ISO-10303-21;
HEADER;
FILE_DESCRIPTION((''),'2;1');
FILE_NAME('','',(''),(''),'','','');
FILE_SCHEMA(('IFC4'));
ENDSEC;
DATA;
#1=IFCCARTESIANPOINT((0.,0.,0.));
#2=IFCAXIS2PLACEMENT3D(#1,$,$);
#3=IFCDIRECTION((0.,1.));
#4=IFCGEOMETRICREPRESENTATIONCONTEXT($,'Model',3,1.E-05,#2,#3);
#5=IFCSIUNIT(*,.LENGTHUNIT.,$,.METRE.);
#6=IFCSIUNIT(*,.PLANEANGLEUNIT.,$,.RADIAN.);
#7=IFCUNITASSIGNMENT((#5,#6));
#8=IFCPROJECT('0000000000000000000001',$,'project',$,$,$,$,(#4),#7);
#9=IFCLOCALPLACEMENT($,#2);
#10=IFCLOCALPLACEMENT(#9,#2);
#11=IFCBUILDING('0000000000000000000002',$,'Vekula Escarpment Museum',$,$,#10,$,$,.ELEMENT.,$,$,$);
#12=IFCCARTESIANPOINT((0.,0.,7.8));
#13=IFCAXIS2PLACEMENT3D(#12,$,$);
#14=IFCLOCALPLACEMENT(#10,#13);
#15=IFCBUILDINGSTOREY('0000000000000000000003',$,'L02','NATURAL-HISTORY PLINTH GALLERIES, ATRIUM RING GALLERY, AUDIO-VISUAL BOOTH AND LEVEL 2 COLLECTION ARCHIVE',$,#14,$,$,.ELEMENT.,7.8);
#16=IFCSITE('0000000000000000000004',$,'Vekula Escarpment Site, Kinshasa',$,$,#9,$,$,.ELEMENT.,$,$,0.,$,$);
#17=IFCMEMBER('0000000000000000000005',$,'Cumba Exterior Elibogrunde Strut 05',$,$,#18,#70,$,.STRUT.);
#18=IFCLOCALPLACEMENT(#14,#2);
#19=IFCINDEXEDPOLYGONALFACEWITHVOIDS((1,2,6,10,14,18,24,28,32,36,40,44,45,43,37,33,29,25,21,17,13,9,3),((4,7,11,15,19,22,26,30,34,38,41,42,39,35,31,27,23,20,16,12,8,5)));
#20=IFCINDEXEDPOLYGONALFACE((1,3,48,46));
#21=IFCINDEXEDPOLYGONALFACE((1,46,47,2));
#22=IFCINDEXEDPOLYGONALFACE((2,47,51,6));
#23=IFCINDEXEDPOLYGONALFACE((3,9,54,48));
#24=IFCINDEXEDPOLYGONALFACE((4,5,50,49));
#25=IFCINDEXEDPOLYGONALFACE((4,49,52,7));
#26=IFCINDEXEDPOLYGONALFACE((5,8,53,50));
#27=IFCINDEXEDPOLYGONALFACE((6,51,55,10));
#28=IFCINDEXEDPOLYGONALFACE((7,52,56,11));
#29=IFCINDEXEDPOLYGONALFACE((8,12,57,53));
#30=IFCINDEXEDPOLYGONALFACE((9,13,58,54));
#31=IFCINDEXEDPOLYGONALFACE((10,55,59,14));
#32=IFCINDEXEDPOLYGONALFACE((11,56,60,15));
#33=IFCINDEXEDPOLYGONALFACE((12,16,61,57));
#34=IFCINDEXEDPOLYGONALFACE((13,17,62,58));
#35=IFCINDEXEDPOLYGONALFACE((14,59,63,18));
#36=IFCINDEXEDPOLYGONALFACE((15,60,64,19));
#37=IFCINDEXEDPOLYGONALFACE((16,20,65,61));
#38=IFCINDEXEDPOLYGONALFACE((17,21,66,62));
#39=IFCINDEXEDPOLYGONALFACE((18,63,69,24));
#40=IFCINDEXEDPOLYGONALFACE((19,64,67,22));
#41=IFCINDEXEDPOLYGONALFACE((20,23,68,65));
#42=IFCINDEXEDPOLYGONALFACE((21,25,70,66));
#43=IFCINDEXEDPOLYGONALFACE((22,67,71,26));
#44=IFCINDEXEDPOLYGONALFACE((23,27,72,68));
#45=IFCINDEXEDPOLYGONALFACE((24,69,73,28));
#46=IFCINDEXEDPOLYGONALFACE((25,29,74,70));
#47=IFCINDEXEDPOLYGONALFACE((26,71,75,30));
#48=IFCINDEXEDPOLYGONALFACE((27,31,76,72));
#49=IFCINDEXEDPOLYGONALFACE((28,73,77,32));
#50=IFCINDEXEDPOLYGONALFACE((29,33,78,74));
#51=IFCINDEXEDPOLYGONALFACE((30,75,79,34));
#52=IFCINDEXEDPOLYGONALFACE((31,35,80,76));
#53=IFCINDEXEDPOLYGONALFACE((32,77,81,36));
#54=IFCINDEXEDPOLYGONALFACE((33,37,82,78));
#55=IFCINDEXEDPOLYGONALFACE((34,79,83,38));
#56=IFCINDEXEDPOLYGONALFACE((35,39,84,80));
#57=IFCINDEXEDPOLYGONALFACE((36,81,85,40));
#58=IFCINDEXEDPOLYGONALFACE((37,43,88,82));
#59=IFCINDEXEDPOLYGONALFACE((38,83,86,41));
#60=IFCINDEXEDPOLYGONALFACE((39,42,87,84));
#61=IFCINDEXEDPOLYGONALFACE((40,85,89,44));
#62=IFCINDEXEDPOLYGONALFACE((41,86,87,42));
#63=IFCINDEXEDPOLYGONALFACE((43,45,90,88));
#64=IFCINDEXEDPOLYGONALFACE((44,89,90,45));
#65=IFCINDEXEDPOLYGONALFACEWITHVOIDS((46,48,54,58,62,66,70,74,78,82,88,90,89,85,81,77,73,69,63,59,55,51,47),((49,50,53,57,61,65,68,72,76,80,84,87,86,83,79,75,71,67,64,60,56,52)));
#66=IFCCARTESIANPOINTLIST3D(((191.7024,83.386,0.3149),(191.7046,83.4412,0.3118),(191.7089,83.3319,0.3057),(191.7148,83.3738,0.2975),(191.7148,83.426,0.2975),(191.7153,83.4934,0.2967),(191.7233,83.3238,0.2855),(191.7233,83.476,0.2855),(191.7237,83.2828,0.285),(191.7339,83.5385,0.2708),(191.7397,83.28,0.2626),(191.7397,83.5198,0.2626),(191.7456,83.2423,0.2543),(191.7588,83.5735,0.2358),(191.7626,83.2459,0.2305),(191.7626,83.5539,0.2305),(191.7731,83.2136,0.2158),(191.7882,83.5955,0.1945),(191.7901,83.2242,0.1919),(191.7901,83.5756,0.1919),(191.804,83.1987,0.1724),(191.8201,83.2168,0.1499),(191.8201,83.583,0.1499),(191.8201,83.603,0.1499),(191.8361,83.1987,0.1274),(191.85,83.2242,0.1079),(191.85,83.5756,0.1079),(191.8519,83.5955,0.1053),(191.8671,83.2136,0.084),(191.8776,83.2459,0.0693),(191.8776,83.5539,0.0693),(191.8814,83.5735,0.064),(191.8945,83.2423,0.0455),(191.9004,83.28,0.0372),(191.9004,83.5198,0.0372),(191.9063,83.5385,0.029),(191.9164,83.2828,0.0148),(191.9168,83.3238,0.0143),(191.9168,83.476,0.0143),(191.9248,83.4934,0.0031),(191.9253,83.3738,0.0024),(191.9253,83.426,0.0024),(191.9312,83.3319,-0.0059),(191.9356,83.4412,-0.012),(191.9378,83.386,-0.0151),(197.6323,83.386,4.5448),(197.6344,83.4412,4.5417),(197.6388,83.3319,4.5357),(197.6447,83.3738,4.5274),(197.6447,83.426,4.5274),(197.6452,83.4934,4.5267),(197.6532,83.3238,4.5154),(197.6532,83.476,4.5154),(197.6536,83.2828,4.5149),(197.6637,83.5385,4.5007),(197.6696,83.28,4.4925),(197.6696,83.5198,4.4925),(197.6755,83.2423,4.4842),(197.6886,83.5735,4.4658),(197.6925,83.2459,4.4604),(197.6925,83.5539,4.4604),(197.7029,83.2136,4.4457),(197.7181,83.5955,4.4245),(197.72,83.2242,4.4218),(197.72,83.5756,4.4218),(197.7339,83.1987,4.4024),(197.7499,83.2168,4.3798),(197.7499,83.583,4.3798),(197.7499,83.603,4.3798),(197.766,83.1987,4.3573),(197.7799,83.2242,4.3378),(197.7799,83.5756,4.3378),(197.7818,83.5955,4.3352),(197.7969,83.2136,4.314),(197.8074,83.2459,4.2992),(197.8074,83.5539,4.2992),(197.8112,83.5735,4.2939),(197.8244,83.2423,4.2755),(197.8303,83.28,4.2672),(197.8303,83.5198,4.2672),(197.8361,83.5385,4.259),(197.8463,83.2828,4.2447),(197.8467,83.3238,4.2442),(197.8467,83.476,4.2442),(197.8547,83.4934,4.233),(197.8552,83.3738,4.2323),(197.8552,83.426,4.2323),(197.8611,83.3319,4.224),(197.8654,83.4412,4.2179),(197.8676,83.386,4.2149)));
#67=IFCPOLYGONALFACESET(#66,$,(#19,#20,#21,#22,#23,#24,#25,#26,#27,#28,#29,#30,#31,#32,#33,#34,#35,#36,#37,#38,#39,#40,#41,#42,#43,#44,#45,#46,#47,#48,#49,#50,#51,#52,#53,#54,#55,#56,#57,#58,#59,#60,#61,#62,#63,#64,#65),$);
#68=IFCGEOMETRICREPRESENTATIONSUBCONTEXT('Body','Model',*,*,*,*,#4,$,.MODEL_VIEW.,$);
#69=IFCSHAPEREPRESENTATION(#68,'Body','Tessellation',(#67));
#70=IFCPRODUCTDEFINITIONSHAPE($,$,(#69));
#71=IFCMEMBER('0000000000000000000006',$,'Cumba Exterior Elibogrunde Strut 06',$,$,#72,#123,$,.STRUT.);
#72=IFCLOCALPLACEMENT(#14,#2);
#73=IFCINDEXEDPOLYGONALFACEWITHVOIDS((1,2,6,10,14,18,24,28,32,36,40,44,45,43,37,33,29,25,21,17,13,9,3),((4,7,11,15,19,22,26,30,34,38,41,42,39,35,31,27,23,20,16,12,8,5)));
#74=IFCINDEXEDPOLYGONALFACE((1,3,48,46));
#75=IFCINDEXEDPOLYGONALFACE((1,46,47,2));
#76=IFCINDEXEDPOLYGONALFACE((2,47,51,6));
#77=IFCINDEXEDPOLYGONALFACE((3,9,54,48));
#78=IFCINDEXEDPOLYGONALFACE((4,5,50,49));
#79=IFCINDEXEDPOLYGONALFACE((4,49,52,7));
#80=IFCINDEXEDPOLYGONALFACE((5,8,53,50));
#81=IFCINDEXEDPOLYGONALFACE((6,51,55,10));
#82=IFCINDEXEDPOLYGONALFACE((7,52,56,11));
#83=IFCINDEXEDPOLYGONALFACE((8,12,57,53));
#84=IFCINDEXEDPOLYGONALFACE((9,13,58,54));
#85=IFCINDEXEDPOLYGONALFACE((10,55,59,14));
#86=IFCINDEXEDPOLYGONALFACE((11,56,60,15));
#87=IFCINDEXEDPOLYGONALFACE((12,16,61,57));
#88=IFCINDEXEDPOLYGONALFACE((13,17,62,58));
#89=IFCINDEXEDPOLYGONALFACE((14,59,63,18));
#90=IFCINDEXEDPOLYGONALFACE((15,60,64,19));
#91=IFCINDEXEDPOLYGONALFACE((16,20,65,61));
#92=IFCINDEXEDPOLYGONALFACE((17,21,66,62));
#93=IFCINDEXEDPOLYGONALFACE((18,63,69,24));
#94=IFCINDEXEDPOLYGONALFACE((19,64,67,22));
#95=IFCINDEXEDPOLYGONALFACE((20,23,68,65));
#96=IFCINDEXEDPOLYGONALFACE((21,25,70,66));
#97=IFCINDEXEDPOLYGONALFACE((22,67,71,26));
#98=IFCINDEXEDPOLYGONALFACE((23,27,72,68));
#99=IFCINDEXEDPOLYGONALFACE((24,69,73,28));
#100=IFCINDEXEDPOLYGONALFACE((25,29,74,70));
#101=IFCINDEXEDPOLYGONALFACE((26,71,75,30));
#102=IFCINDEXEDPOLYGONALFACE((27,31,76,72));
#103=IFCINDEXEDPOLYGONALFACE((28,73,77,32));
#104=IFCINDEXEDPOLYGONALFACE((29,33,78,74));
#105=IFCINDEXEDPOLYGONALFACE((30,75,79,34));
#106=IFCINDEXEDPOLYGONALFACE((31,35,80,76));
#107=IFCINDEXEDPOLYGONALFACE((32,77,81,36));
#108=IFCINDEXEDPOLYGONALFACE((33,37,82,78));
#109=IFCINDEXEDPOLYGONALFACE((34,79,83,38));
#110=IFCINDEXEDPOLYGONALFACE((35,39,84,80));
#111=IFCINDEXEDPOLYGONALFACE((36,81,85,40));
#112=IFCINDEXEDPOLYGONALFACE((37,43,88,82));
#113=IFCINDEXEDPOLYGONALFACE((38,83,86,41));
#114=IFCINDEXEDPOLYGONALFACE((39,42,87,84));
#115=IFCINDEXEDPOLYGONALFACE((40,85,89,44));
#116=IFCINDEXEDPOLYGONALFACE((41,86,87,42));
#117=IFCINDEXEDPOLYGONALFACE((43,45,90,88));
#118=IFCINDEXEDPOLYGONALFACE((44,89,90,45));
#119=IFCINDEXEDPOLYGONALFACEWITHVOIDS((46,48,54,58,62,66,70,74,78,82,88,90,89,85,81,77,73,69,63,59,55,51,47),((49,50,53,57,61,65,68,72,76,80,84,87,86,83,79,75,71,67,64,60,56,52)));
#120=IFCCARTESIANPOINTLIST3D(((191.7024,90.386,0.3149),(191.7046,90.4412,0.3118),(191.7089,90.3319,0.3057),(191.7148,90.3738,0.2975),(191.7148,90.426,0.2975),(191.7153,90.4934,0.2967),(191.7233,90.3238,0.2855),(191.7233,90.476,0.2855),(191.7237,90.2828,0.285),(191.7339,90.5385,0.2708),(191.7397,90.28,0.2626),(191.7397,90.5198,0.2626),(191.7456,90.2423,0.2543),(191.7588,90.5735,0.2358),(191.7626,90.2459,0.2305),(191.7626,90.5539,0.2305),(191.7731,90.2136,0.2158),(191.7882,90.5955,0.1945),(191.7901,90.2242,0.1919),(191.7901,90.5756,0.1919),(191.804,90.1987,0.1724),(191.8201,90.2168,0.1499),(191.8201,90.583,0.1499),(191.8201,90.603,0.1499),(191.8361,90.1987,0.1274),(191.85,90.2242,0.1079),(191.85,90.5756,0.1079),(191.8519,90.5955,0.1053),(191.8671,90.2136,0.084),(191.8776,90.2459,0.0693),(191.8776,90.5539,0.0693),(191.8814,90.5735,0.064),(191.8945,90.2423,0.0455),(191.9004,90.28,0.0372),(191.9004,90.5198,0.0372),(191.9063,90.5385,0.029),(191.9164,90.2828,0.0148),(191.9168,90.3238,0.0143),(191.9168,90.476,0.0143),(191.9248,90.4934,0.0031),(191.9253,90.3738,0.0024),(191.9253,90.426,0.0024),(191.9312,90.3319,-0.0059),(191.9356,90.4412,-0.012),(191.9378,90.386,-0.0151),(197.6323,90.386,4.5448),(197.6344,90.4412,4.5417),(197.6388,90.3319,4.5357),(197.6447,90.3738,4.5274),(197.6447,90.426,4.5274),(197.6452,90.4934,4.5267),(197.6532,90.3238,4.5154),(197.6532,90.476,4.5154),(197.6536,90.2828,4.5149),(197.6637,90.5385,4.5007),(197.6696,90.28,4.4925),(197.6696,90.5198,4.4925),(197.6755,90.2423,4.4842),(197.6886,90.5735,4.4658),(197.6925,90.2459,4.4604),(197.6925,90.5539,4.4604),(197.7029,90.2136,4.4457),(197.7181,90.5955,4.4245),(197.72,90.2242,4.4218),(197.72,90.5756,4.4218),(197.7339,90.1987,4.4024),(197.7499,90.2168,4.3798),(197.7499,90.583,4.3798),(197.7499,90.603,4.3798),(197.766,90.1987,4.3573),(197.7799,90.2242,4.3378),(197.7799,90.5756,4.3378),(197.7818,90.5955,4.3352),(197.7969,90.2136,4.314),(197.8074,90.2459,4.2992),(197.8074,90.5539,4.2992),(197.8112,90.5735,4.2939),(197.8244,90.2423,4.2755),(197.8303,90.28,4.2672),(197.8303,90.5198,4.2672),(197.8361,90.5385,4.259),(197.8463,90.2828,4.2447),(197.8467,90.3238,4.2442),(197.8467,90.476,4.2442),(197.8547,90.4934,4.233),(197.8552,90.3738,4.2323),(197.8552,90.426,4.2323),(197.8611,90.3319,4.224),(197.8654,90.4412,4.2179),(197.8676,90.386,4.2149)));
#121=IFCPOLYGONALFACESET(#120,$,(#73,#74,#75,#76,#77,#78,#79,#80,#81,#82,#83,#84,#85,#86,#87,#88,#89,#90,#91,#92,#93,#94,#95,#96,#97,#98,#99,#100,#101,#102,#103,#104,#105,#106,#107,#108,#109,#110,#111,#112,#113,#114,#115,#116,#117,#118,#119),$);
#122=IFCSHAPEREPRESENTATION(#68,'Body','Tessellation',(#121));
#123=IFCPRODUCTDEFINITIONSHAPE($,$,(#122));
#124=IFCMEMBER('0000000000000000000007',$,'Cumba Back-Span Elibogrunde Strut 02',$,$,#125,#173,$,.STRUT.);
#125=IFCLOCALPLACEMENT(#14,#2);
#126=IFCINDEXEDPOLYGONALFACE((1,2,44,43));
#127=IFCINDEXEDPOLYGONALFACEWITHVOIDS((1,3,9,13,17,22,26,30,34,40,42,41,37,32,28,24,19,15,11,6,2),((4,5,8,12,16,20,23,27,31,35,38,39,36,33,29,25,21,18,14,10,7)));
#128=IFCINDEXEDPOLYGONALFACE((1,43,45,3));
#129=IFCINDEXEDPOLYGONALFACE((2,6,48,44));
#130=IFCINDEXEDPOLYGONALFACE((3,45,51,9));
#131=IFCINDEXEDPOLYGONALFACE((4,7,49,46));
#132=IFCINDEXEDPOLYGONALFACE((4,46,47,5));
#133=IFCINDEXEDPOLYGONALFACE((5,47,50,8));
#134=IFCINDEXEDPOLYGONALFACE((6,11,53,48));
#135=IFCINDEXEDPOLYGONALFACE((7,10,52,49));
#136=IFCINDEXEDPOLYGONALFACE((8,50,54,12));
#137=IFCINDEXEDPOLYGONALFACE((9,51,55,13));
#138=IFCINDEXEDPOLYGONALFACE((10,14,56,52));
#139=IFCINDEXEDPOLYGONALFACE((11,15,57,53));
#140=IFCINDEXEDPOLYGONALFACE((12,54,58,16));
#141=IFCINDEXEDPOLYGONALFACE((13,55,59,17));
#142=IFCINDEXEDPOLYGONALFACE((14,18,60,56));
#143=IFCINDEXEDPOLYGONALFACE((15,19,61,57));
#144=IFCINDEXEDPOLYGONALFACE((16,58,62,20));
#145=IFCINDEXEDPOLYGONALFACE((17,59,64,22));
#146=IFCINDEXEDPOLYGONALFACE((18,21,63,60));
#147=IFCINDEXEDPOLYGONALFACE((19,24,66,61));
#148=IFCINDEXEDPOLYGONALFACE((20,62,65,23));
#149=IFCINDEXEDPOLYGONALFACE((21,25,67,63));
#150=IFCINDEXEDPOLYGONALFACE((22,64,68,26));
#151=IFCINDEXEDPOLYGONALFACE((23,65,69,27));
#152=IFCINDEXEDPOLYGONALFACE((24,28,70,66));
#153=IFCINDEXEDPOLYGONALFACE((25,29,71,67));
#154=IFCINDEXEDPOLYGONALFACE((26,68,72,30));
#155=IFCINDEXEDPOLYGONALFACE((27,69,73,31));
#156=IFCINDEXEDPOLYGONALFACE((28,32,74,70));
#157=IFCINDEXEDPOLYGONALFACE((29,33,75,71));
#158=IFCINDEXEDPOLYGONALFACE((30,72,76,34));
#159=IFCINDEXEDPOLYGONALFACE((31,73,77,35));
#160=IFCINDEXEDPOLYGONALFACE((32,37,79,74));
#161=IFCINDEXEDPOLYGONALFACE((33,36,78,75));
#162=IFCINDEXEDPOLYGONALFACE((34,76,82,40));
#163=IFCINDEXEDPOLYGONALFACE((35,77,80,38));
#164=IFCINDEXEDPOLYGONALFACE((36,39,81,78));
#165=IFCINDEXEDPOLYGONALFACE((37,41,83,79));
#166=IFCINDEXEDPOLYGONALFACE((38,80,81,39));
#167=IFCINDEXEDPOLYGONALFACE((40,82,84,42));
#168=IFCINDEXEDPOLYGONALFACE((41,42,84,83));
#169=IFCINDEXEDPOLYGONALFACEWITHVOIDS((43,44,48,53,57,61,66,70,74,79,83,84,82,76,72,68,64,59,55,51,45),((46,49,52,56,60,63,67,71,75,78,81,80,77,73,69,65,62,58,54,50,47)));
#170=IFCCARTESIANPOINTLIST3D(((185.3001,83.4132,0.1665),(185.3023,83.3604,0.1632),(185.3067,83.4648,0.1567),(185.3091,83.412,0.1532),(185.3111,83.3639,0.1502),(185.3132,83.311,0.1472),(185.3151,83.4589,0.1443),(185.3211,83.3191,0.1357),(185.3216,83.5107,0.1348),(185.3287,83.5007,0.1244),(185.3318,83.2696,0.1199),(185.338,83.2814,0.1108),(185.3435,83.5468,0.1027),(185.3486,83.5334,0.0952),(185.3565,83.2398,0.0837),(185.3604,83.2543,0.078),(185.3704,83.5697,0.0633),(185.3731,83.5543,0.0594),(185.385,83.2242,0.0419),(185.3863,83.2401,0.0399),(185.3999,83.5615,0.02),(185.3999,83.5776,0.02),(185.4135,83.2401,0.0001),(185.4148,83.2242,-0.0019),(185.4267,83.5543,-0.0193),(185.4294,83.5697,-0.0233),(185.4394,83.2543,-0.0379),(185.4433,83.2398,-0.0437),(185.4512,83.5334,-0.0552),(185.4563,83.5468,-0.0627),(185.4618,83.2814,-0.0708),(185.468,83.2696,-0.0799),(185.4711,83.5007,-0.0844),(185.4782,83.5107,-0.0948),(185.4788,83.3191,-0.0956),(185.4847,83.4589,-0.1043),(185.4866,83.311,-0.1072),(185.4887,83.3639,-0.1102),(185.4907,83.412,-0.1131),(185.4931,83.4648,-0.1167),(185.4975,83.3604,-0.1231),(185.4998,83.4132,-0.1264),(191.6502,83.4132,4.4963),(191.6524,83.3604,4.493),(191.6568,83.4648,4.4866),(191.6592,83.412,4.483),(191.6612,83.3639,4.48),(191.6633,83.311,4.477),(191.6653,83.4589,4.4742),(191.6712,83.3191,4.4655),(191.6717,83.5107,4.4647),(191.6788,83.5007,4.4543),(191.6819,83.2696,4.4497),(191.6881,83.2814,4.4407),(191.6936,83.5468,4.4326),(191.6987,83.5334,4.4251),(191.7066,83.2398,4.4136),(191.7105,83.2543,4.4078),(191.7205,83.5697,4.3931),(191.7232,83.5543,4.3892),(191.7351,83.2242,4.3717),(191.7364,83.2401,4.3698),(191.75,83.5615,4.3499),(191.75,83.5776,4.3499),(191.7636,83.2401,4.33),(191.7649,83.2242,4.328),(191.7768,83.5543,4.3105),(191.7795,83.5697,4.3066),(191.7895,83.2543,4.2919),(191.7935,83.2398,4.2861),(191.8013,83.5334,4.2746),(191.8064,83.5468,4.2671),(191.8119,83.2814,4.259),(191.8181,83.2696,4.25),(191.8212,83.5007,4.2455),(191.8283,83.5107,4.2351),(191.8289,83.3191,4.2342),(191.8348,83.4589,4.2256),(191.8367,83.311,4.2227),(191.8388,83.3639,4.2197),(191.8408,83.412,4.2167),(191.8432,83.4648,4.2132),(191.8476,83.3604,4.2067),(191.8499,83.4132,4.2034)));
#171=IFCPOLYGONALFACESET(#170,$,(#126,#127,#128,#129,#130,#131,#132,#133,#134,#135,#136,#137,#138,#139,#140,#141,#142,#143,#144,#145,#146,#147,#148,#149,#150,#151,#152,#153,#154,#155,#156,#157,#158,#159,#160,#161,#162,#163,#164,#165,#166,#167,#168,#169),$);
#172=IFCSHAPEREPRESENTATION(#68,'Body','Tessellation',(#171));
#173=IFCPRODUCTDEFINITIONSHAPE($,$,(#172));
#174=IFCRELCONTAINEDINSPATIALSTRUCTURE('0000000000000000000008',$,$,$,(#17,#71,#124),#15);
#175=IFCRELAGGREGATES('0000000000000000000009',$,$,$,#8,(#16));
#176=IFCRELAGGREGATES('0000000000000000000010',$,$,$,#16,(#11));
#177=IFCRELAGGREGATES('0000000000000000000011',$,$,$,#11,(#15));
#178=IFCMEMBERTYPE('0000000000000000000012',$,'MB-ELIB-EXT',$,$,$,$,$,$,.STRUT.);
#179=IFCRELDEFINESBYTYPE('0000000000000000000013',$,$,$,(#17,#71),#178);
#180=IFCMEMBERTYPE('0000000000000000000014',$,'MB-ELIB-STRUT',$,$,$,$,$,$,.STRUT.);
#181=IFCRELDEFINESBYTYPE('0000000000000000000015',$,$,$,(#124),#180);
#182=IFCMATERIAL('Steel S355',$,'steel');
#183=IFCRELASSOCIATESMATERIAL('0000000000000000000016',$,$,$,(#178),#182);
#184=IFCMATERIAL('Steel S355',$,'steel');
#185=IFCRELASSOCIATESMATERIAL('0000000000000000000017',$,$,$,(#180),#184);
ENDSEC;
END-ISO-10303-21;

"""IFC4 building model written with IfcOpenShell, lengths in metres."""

from ifc_helpers import new_model, si_unit, direction, frame, origin, origin_2d, place, context, subcontext, project, spatial, hollow_circle, extrude, material, material_profile, profile_set, type_object, element, save


model = new_model("IFC4")

# Units and contexts
model_context = context("Model", 3, precision=1e-05, world=origin(), true_north=direction((0.0, 1.0)))
body_context = subcontext(model_context, "Body", "Model", "MODEL_VIEW")
ifc_project = project(units=[si_unit("LENGTHUNIT", "METRE"), si_unit("PLANEANGLEUNIT", "RADIAN")], contexts=[model_context])

# Site, building, storey
site_placement = place(None, origin())
site = spatial("IfcSite", under=ifc_project, at=site_placement, Name="Vekula Escarpment Site, Kinshasa", CompositionType="ELEMENT", RefElevation=0.0)
building_placement = place(site_placement, origin())
building = spatial("IfcBuilding", under=site, at=building_placement, Name="Vekula Escarpment Museum", CompositionType="ELEMENT")
storey_placement = place(building_placement, frame((0.0, 0.0, 7.8)))
storey = spatial("IfcBuildingStorey", under=building, at=storey_placement, Name="L02", Description="NATURAL-HISTORY PLINTH GALLERIES, ATRIUM RING GALLERY, AUDIO-VISUAL BOOTH AND LEVEL 2 COLLECTION ARCHIVE", CompositionType="ELEMENT", Elevation=7.8)

# Members
ifc_material_1 = material(Name="Steel S355", Category="steel")
ifc_material_profile_1 = material_profile(ifc_material_1, hollow_circle(Radius=0.2031, WallThickness=0.02, at=origin_2d()), Name="CHS 406.4x20")
ifc_profile_set_1 = profile_set([ifc_material_profile_1], Name="Steel S355")
member_type_1 = type_object("IfcMemberType", Name="MB-ELIB-EXT", PredefinedType="STRUT", material=ifc_profile_set_1)
for number, where, z_axis, x_axis, name in (
    (1, (191.8201, 83.3999, 0.1499), (0.814102, 0.0, 0.580721), (0.0, 1.0, 0.0), "Cumba Exterior Elibogrunde Strut 05"),
    (2, (191.8201, 90.3999, 0.1499), (0.814102, 0.0, 0.580721), (0.0, 1.0, 0.0), "Cumba Exterior Elibogrunde Strut 06"),
):
    element("IfcMember", number, at=place(storey_placement, frame(where, z_axis=z_axis, x_axis=x_axis)), inside=storey, type_object=member_type_1, Name=name, PredefinedType="STRUT", context=body_context, shape_type="SweptSolid", body=[
        extrude(hollow_circle(Radius=0.2031, WallThickness=0.02, at=origin_2d()), origin(), (0.0, 0.0, 1.0), 7.2839),
    ])
ifc_material_2 = material(Name="Steel S355", Category="steel")
ifc_material_profile_2 = material_profile(ifc_material_2, hollow_circle(Radius=0.1777, WallThickness=0.0161, at=origin_2d()), Name="CHS 355.6x16")
ifc_profile_set_2 = profile_set([ifc_material_profile_2], Name="Steel S355")
member_type_2 = type_object("IfcMemberType", Name="MB-ELIB-STRUT", PredefinedType="STRUT", material=ifc_profile_set_2)
member_1_placement = place(storey_placement, frame((185.3999, 83.3999, 0.02), z_axis=(0.826214, 0.0, 0.563357), x_axis=(0.0, 1.0, 0.0)))
element("IfcMember", 3, at=member_1_placement, inside=storey, type_object=member_type_2, Name="Cumba Back-Span Elibogrunde Strut 02", PredefinedType="STRUT", context=body_context, shape_type="SweptSolid", body=[
    extrude(hollow_circle(Radius=0.1777, WallThickness=0.0161, at=origin_2d()), origin(), (0.0, 0.0, 1.0), 7.6858),
])

save(model, "model.ifc")
